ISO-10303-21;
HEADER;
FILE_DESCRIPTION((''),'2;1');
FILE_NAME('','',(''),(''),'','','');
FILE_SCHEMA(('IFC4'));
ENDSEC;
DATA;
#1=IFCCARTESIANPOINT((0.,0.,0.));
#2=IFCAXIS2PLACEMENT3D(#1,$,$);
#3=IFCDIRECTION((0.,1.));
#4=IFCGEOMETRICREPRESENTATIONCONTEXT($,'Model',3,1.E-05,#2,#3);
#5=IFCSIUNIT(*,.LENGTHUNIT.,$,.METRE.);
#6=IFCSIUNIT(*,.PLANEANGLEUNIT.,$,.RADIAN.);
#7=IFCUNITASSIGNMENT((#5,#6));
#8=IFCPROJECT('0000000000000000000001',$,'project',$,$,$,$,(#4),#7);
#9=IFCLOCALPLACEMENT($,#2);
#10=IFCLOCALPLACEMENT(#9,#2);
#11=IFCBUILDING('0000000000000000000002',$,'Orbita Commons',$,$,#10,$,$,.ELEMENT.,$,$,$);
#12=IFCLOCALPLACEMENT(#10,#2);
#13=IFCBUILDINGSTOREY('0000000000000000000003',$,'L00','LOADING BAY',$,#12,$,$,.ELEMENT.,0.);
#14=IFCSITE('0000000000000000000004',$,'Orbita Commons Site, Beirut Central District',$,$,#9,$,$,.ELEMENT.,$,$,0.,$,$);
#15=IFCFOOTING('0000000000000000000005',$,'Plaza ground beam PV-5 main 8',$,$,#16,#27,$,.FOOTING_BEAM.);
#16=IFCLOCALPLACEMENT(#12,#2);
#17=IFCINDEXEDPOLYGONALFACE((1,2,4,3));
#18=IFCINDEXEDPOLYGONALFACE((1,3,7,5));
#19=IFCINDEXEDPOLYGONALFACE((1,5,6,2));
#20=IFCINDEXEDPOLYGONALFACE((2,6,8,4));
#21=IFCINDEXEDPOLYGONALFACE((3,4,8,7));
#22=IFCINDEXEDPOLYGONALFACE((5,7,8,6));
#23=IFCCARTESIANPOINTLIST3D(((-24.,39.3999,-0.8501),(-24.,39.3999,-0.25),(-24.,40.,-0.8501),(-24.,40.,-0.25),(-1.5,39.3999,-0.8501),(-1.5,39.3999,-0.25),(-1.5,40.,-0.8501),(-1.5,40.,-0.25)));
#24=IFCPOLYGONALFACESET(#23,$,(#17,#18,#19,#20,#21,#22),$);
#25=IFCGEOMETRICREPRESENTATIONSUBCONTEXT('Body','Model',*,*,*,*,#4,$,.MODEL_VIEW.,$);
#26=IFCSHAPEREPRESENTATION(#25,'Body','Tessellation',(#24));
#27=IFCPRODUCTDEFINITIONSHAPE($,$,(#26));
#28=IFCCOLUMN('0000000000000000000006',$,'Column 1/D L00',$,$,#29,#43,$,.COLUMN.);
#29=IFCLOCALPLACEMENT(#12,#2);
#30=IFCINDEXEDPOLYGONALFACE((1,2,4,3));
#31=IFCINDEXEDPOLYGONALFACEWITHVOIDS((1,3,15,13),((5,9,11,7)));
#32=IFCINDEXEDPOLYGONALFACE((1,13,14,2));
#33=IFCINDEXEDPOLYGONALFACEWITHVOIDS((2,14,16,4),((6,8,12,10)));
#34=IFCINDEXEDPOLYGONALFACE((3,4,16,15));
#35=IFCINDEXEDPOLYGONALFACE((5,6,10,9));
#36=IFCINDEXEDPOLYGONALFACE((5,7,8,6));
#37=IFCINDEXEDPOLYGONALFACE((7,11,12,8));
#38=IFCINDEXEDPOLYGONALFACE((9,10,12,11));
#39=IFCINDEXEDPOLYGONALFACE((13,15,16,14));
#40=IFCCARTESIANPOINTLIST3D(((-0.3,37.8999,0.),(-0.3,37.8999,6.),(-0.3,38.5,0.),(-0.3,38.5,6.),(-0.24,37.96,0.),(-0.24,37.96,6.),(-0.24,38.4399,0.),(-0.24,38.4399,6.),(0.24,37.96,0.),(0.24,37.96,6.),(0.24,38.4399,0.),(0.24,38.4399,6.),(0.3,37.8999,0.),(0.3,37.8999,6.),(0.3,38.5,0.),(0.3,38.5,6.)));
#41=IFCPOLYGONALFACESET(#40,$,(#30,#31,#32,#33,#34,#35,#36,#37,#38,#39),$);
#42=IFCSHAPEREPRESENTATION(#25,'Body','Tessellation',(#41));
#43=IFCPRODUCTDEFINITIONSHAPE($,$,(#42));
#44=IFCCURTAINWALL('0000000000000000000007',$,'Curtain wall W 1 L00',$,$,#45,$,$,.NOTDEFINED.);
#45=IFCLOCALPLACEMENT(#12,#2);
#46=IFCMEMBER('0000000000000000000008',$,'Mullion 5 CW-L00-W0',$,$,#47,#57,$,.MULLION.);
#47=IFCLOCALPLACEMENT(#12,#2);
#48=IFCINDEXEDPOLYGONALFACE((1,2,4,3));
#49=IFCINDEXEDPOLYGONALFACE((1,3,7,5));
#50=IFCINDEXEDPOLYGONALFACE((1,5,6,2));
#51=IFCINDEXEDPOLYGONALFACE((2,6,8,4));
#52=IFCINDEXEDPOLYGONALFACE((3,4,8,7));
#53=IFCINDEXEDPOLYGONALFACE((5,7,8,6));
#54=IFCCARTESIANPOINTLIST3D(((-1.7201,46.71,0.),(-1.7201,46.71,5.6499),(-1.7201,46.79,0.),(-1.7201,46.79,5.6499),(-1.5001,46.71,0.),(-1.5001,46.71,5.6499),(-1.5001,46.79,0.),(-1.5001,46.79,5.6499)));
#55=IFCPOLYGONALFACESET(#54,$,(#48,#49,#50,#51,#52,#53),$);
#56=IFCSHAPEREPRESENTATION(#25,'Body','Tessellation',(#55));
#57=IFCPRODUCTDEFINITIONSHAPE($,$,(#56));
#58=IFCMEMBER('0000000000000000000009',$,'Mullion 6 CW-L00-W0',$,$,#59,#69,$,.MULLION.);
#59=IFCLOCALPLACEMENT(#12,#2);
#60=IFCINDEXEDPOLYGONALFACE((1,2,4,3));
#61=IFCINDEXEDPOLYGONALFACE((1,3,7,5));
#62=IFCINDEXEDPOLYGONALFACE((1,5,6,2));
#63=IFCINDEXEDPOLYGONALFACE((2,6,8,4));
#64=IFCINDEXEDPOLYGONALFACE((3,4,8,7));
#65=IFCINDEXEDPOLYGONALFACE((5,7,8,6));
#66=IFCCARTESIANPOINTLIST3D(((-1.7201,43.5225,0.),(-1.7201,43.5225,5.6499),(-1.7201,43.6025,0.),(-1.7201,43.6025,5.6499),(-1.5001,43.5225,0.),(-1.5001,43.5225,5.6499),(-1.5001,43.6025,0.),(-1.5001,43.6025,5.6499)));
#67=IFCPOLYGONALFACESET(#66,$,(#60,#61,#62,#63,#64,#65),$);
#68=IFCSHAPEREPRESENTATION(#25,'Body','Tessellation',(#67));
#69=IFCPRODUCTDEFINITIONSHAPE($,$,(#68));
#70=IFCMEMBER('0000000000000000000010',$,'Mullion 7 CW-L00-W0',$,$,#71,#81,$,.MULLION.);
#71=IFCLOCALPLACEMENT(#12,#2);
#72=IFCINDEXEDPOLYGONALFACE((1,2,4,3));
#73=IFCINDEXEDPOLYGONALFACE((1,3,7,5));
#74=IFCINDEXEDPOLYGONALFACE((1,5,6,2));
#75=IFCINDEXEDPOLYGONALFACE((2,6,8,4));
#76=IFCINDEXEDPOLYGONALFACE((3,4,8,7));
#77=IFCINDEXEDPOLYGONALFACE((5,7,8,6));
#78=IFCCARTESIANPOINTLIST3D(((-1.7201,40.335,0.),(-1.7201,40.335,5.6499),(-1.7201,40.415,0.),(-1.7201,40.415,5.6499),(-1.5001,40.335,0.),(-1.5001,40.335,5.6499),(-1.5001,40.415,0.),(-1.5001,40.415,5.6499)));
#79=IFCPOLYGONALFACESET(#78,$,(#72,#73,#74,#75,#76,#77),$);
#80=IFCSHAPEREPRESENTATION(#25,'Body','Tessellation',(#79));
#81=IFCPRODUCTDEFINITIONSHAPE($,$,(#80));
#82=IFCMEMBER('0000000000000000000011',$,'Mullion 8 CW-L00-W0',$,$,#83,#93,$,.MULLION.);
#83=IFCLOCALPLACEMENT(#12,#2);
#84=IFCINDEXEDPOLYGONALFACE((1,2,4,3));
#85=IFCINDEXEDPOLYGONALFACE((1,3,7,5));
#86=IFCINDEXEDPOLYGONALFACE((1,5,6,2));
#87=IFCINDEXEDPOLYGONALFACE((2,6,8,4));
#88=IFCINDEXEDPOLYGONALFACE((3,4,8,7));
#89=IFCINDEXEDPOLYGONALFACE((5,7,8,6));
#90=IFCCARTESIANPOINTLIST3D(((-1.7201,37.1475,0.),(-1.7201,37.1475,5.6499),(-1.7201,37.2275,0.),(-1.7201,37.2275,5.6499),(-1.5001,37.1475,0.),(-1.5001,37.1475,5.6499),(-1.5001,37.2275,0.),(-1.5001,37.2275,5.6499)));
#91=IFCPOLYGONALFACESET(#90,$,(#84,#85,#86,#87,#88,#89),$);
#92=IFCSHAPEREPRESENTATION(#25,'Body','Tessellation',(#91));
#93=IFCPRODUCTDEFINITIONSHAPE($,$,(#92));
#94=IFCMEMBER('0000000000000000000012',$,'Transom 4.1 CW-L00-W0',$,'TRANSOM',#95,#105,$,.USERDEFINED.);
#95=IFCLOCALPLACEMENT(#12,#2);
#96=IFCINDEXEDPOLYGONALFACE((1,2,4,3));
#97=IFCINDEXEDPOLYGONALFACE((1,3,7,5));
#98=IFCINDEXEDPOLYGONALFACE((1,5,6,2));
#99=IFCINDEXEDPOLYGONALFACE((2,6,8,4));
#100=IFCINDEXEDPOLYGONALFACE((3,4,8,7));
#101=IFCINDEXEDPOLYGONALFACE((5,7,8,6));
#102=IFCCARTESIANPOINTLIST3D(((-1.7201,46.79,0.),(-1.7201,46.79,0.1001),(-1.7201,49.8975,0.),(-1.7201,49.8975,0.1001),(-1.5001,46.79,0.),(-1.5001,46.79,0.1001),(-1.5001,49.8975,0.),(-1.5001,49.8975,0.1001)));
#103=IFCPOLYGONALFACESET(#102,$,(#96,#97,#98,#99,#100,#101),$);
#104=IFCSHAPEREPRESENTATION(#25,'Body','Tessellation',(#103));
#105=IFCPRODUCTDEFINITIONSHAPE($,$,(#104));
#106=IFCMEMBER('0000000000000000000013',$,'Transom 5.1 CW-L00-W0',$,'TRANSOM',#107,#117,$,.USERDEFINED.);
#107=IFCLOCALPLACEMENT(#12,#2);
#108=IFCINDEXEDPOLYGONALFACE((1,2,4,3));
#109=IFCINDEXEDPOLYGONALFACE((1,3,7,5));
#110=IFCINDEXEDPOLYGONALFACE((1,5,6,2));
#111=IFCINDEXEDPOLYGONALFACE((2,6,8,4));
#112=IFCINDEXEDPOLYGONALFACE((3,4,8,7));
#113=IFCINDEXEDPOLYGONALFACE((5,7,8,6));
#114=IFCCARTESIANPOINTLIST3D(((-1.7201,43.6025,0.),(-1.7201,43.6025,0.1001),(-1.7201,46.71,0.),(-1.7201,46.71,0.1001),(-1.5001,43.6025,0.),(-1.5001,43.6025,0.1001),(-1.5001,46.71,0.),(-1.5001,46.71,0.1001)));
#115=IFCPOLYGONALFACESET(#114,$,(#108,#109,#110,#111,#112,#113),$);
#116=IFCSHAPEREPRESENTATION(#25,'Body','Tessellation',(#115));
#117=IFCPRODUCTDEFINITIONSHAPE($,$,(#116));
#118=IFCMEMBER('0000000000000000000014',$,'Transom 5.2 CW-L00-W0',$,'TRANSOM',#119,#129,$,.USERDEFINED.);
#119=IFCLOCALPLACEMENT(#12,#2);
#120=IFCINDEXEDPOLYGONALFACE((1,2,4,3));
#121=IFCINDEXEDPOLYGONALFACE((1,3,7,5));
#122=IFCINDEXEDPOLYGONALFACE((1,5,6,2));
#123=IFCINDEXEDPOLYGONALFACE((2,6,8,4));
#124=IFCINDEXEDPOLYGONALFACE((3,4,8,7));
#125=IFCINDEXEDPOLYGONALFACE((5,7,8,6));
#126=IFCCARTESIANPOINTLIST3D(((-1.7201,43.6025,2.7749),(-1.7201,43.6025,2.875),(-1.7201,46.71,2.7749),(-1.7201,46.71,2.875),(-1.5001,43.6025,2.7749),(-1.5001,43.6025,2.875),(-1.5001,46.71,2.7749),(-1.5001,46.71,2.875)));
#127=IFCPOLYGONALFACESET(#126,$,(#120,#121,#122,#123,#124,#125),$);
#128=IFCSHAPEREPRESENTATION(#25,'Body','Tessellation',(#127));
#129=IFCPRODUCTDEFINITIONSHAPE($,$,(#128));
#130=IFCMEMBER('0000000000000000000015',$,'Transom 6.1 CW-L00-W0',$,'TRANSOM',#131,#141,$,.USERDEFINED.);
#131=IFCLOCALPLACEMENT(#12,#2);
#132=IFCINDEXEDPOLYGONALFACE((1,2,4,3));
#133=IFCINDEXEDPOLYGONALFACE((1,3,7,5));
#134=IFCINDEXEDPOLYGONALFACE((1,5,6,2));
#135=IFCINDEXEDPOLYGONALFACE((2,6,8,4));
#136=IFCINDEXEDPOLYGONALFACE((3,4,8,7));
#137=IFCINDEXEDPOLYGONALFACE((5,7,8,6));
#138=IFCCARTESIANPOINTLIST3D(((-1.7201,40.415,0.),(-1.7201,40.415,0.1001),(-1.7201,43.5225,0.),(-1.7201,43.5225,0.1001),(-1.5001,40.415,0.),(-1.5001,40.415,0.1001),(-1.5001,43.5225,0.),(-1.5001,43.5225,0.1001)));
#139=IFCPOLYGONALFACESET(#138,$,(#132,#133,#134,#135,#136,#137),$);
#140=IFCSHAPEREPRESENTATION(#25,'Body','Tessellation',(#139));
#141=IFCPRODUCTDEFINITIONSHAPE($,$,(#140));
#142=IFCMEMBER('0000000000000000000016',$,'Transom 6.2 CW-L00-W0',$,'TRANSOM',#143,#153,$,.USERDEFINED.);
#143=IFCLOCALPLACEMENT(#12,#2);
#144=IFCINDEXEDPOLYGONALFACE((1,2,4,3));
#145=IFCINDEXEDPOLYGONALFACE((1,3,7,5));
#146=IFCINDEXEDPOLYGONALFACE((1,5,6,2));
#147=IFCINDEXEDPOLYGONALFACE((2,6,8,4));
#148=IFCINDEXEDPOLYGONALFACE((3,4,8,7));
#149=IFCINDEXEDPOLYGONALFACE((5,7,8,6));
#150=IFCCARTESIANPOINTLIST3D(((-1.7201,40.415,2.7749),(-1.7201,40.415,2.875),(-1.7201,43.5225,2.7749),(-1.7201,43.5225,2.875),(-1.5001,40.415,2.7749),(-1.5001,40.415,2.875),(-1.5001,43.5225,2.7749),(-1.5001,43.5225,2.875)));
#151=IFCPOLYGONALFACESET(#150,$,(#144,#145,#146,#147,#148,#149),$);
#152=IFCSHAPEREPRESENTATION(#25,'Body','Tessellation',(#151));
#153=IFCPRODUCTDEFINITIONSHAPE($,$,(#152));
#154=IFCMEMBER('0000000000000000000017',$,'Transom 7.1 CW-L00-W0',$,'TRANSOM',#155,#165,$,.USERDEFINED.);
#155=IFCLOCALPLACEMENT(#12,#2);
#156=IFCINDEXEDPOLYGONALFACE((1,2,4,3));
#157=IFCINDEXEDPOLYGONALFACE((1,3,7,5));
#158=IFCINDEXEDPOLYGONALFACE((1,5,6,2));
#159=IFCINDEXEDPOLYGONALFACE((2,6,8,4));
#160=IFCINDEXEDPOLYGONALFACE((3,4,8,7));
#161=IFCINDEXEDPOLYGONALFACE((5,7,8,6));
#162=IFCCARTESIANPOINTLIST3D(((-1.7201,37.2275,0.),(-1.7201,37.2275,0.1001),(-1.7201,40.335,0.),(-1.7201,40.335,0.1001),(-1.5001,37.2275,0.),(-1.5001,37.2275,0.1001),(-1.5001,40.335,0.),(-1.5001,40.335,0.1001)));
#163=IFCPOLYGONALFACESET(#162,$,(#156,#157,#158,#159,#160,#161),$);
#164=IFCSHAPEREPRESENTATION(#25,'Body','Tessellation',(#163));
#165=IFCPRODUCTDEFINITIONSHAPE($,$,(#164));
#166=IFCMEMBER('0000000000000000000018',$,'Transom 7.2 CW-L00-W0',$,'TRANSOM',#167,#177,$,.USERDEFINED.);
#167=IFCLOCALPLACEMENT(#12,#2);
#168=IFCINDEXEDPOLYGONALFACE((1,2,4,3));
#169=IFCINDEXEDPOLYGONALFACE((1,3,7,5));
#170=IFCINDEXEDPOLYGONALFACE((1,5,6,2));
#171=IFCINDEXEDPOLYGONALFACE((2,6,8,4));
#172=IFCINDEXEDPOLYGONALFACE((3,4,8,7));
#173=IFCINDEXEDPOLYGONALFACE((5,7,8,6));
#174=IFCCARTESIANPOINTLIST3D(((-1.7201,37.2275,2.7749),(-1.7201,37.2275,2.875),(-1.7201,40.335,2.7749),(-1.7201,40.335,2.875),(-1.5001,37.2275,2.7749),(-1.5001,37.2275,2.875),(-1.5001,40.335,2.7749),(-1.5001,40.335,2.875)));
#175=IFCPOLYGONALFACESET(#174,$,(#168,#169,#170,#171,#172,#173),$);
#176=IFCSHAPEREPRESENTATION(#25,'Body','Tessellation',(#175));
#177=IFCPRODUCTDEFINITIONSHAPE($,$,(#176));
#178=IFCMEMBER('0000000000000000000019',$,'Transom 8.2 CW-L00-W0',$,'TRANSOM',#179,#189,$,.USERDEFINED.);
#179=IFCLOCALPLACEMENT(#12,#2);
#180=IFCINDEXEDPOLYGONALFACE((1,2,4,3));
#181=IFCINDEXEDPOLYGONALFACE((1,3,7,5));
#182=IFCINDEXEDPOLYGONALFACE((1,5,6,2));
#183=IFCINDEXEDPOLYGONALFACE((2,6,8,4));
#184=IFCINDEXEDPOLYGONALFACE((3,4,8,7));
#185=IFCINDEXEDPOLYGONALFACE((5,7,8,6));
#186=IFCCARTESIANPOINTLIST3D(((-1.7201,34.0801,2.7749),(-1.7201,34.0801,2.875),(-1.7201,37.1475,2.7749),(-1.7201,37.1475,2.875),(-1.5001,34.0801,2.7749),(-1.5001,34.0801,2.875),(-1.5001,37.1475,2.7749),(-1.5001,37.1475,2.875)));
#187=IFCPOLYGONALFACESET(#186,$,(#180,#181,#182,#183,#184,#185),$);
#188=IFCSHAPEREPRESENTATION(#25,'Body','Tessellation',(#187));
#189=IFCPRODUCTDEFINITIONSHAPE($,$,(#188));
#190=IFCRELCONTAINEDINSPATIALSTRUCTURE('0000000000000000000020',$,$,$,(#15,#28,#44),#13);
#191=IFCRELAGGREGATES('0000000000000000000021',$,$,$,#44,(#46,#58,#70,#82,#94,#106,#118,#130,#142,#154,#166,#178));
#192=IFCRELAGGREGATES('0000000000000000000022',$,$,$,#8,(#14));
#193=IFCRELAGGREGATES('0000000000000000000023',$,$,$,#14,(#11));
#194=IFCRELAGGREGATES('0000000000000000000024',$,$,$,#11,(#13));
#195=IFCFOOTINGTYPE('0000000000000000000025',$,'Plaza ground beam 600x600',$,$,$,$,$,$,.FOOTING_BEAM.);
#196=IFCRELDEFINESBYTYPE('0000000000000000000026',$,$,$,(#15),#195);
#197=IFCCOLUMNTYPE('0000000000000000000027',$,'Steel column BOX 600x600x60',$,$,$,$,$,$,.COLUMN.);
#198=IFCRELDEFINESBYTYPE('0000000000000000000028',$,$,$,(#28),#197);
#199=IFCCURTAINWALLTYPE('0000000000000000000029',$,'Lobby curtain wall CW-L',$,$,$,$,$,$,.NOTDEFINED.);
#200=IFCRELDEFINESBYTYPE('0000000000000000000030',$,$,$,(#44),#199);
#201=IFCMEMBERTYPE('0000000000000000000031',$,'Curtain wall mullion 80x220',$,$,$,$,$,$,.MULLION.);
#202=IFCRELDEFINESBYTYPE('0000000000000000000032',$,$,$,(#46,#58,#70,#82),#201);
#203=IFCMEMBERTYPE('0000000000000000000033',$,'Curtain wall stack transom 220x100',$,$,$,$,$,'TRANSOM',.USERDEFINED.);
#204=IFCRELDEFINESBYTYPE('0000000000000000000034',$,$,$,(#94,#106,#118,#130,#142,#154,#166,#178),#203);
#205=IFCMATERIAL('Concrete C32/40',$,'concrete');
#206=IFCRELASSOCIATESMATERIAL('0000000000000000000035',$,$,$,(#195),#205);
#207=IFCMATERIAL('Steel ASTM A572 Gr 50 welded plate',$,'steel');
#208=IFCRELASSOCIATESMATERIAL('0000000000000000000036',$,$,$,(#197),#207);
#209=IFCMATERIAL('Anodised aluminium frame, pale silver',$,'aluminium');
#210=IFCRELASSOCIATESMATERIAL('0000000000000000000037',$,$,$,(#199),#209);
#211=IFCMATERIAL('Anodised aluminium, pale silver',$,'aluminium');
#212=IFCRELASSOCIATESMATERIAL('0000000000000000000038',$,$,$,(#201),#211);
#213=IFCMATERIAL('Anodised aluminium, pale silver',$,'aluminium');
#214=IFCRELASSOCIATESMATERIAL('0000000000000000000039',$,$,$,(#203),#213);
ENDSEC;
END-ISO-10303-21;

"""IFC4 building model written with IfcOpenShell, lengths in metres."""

from ifc_helpers import new_model, si_unit, direction, frame, origin, origin_2d, place, context, subcontext, project, spatial, rectangle, hollow_rectangle, extrude, material, material_profile, profile_set, type_object, element, aggregate, save


model = new_model("IFC4")

# Units and contexts
model_context = context("Model", 3, precision=1e-05, world=origin(), true_north=direction((0.0, 1.0)))
body_context = subcontext(model_context, "Body", "Model", "MODEL_VIEW")
ifc_project = project(units=[si_unit("LENGTHUNIT", "METRE"), si_unit("PLANEANGLEUNIT", "RADIAN")], contexts=[model_context])

# Site, building, storey
site_placement = place(None, origin())
site = spatial("IfcSite", under=ifc_project, at=site_placement, Name="Orbita Commons Site, Beirut Central District", CompositionType="ELEMENT", RefElevation=0.0)
building_placement = place(site_placement, origin())
building = spatial("IfcBuilding", under=site, at=building_placement, Name="Orbita Commons", CompositionType="ELEMENT")
storey_placement = place(building_placement, origin())
storey = spatial("IfcBuildingStorey", under=building, at=storey_placement, Name="L00", Description="LOADING BAY", CompositionType="ELEMENT", Elevation=0.0)

# Footing
ifc_material_1 = material(Name="Concrete C32/40", Category="concrete")
footing_type = type_object("IfcFootingType", Name="Plaza ground beam 600x600", PredefinedType="FOOTING_BEAM", material=ifc_material_1)
footing_placement = place(storey_placement, frame((-12.75, 39.7, -0.8501), z_axis=(0.0, 0.0, 1.0), x_axis=(1.0, 0.0, 0.0)))
element("IfcFooting", 1, at=footing_placement, inside=storey, type_object=footing_type, Name="Plaza ground beam PV-5 main 8", PredefinedType="FOOTING_BEAM", context=body_context, shape_type="SweptSolid", body=[
    extrude(rectangle(XDim=22.5, YDim=0.6001, at=origin_2d()), origin(), (0.0, 0.0, 1.0), 0.6001),
])

# Column
ifc_material_2 = material(Name="Steel ASTM A572 Gr 50 welded plate", Category="steel")
ifc_material_profile_1 = material_profile(ifc_material_2, hollow_rectangle(XDim=0.6001, YDim=0.6001, WallThickness=0.0601, at=origin_2d()), Name="BOX 600x600x60")
ifc_profile_set_1 = profile_set([ifc_material_profile_1], Name="Steel ASTM A572 Gr 50 welded plate")
column_type = type_object("IfcColumnType", Name="Steel column BOX 600x600x60", PredefinedType="COLUMN", material=ifc_profile_set_1)
column_placement = place(storey_placement, frame((0.0, 38.2, 0.0), z_axis=(0.0, 0.0, 1.0), x_axis=(1.0, 0.0, 0.0)))
element("IfcColumn", 2, at=column_placement, inside=storey, type_object=column_type, Name="Column 1/D L00", PredefinedType="COLUMN", context=body_context, shape_type="SweptSolid", body=[
    extrude(hollow_rectangle(XDim=0.6001, YDim=0.6001, WallThickness=0.0601, at=origin_2d()), origin(), (0.0, 0.0, 1.0), 6.0),
])

# Curtain wall, members
ifc_material_3 = material(Name="Anodised aluminium frame, pale silver", Category="aluminium")
curtain_wall_type = type_object("IfcCurtainWallType", Name="Lobby curtain wall CW-L", PredefinedType="NOTDEFINED", material=ifc_material_3)
curtain_wall_placement = place(storey_placement, origin())
curtain_wall = element("IfcCurtainWall", 3, at=curtain_wall_placement, inside=storey, type_object=curtain_wall_type, Name="Curtain wall W 1 L00", PredefinedType="NOTDEFINED")
ifc_material_4 = material(Name="Anodised aluminium, pale silver", Category="aluminium")
ifc_material_profile_2 = material_profile(ifc_material_4, rectangle(XDim=0.0801, YDim=0.22, at=origin_2d()), Name="AL 80x220")
ifc_profile_set_2 = profile_set([ifc_material_profile_2], Name="Anodised aluminium, pale silver")
member_type_1 = type_object("IfcMemberType", Name="Curtain wall mullion 80x220", PredefinedType="MULLION", material=ifc_profile_set_2)
member_1_placement = place(storey_placement, frame((-1.6101, 46.75, 0.0), z_axis=(0.0, 0.0, 1.0), x_axis=(0.0, -1.0, 0.0)))
member_1 = element("IfcMember", 4, at=member_1_placement, type_object=member_type_1, Name="Mullion 5 CW-L00-W0", PredefinedType="MULLION", context=body_context, shape_type="SweptSolid", body=[
    extrude(rectangle(XDim=0.0801, YDim=0.22, at=origin_2d()), origin(), (0.0, 0.0, 1.0), 5.6499),
])
member_2_placement = place(storey_placement, frame((-1.6101, 43.5625, 0.0), z_axis=(0.0, 0.0, 1.0), x_axis=(0.0, -1.0, 0.0)))
member_2 = element("IfcMember", 5, at=member_2_placement, type_object=member_type_1, Name="Mullion 6 CW-L00-W0", PredefinedType="MULLION", context=body_context, shape_type="SweptSolid", body=[
    extrude(rectangle(XDim=0.0801, YDim=0.22, at=origin_2d()), origin(), (0.0, 0.0, 1.0), 5.6499),
])
member_3_placement = place(storey_placement, frame((-1.6101, 40.375, 0.0), z_axis=(0.0, 0.0, 1.0), x_axis=(0.0, -1.0, 0.0)))
member_3 = element("IfcMember", 6, at=member_3_placement, type_object=member_type_1, Name="Mullion 7 CW-L00-W0", PredefinedType="MULLION", context=body_context, shape_type="SweptSolid", body=[
    extrude(rectangle(XDim=0.0801, YDim=0.22, at=origin_2d()), origin(), (0.0, 0.0, 1.0), 5.6499),
])
member_4_placement = place(storey_placement, frame((-1.6101, 37.1875, 0.0), z_axis=(0.0, 0.0, 1.0), x_axis=(0.0, -1.0, 0.0)))
member_4 = element("IfcMember", 7, at=member_4_placement, type_object=member_type_1, Name="Mullion 8 CW-L00-W0", PredefinedType="MULLION", context=body_context, shape_type="SweptSolid", body=[
    extrude(rectangle(XDim=0.0801, YDim=0.22, at=origin_2d()), origin(), (0.0, 0.0, 1.0), 5.6499),
])
ifc_material_5 = material(Name="Anodised aluminium, pale silver", Category="aluminium")
ifc_material_profile_3 = material_profile(ifc_material_5, rectangle(XDim=0.22, YDim=0.1001, at=origin_2d()), Name="AL 220x100")
ifc_profile_set_3 = profile_set([ifc_material_profile_3], Name="Anodised aluminium, pale silver")
member_type_2 = type_object("IfcMemberType", Name="Curtain wall stack transom 220x100", ElementType="TRANSOM", PredefinedType="USERDEFINED", material=ifc_profile_set_3)
member_5_placement = place(storey_placement, frame((-1.6101, 49.8975, 0.05), z_axis=(0.0, -1.0, 0.0), x_axis=(1.0, 0.0, 0.0)))
member_5 = element("IfcMember", 8, at=member_5_placement, type_object=member_type_2, Name="Transom 4.1 CW-L00-W0", ObjectType="TRANSOM", PredefinedType="USERDEFINED", context=body_context, shape_type="SweptSolid", body=[
    extrude(rectangle(XDim=0.22, YDim=0.1001, at=origin_2d()), origin(), (0.0, 0.0, 1.0), 3.1074),
])
member_6_placement = place(storey_placement, frame((-1.6101, 46.71, 0.05), z_axis=(0.0, -1.0, 0.0), x_axis=(1.0, 0.0, 0.0)))
member_6 = element("IfcMember", 9, at=member_6_placement, type_object=member_type_2, Name="Transom 5.1 CW-L00-W0", ObjectType="TRANSOM", PredefinedType="USERDEFINED", context=body_context, shape_type="SweptSolid", body=[
    extrude(rectangle(XDim=0.22, YDim=0.1001, at=origin_2d()), origin(), (0.0, 0.0, 1.0), 3.1074),
])
member_7_placement = place(storey_placement, frame((-1.6101, 46.71, 2.825), z_axis=(0.0, -1.0, 0.0), x_axis=(1.0, 0.0, 0.0)))
member_7 = element("IfcMember", 10, at=member_7_placement, type_object=member_type_2, Name="Transom 5.2 CW-L00-W0", ObjectType="TRANSOM", PredefinedType="USERDEFINED", context=body_context, shape_type="SweptSolid", body=[
    extrude(rectangle(XDim=0.22, YDim=0.1001, at=origin_2d()), origin(), (0.0, 0.0, 1.0), 3.1074),
])
member_8_placement = place(storey_placement, frame((-1.6101, 43.5225, 0.05), z_axis=(0.0, -1.0, 0.0), x_axis=(1.0, 0.0, 0.0)))
member_8 = element("IfcMember", 11, at=member_8_placement, type_object=member_type_2, Name="Transom 6.1 CW-L00-W0", ObjectType="TRANSOM", PredefinedType="USERDEFINED", context=body_context, shape_type="SweptSolid", body=[
    extrude(rectangle(XDim=0.22, YDim=0.1001, at=origin_2d()), origin(), (0.0, 0.0, 1.0), 3.1074),
])
member_9_placement = place(storey_placement, frame((-1.6101, 43.5225, 2.825), z_axis=(0.0, -1.0, 0.0), x_axis=(1.0, 0.0, 0.0)))
member_9 = element("IfcMember", 12, at=member_9_placement, type_object=member_type_2, Name="Transom 6.2 CW-L00-W0", ObjectType="TRANSOM", PredefinedType="USERDEFINED", context=body_context, shape_type="SweptSolid", body=[
    extrude(rectangle(XDim=0.22, YDim=0.1001, at=origin_2d()), origin(), (0.0, 0.0, 1.0), 3.1074),
])
member_10_placement = place(storey_placement, frame((-1.6101, 40.335, 0.05), z_axis=(0.0, -1.0, 0.0), x_axis=(1.0, 0.0, 0.0)))
member_10 = element("IfcMember", 13, at=member_10_placement, type_object=member_type_2, Name="Transom 7.1 CW-L00-W0", ObjectType="TRANSOM", PredefinedType="USERDEFINED", context=body_context, shape_type="SweptSolid", body=[
    extrude(rectangle(XDim=0.22, YDim=0.1001, at=origin_2d()), origin(), (0.0, 0.0, 1.0), 3.1074),
])
member_11_placement = place(storey_placement, frame((-1.6101, 40.335, 2.825), z_axis=(0.0, -1.0, 0.0), x_axis=(1.0, 0.0, 0.0)))
member_11 = element("IfcMember", 14, at=member_11_placement, type_object=member_type_2, Name="Transom 7.2 CW-L00-W0", ObjectType="TRANSOM", PredefinedType="USERDEFINED", context=body_context, shape_type="SweptSolid", body=[
    extrude(rectangle(XDim=0.22, YDim=0.1001, at=origin_2d()), origin(), (0.0, 0.0, 1.0), 3.1074),
])
member_12_placement = place(storey_placement, frame((-1.6101, 37.1475, 2.825), z_axis=(0.0, -1.0, 0.0), x_axis=(1.0, 0.0, 0.0)))
member_12 = element("IfcMember", 15, at=member_12_placement, type_object=member_type_2, Name="Transom 8.2 CW-L00-W0", ObjectType="TRANSOM", PredefinedType="USERDEFINED", context=body_context, shape_type="SweptSolid", body=[
    extrude(rectangle(XDim=0.22, YDim=0.1001, at=origin_2d()), origin(), (0.0, 0.0, 1.0), 3.0674),
])

aggregate(curtain_wall, [member_1, member_2, member_3, member_4, member_5, member_6, member_7, member_8, member_9, member_10, member_11, member_12])

save(model, "model.ifc")
